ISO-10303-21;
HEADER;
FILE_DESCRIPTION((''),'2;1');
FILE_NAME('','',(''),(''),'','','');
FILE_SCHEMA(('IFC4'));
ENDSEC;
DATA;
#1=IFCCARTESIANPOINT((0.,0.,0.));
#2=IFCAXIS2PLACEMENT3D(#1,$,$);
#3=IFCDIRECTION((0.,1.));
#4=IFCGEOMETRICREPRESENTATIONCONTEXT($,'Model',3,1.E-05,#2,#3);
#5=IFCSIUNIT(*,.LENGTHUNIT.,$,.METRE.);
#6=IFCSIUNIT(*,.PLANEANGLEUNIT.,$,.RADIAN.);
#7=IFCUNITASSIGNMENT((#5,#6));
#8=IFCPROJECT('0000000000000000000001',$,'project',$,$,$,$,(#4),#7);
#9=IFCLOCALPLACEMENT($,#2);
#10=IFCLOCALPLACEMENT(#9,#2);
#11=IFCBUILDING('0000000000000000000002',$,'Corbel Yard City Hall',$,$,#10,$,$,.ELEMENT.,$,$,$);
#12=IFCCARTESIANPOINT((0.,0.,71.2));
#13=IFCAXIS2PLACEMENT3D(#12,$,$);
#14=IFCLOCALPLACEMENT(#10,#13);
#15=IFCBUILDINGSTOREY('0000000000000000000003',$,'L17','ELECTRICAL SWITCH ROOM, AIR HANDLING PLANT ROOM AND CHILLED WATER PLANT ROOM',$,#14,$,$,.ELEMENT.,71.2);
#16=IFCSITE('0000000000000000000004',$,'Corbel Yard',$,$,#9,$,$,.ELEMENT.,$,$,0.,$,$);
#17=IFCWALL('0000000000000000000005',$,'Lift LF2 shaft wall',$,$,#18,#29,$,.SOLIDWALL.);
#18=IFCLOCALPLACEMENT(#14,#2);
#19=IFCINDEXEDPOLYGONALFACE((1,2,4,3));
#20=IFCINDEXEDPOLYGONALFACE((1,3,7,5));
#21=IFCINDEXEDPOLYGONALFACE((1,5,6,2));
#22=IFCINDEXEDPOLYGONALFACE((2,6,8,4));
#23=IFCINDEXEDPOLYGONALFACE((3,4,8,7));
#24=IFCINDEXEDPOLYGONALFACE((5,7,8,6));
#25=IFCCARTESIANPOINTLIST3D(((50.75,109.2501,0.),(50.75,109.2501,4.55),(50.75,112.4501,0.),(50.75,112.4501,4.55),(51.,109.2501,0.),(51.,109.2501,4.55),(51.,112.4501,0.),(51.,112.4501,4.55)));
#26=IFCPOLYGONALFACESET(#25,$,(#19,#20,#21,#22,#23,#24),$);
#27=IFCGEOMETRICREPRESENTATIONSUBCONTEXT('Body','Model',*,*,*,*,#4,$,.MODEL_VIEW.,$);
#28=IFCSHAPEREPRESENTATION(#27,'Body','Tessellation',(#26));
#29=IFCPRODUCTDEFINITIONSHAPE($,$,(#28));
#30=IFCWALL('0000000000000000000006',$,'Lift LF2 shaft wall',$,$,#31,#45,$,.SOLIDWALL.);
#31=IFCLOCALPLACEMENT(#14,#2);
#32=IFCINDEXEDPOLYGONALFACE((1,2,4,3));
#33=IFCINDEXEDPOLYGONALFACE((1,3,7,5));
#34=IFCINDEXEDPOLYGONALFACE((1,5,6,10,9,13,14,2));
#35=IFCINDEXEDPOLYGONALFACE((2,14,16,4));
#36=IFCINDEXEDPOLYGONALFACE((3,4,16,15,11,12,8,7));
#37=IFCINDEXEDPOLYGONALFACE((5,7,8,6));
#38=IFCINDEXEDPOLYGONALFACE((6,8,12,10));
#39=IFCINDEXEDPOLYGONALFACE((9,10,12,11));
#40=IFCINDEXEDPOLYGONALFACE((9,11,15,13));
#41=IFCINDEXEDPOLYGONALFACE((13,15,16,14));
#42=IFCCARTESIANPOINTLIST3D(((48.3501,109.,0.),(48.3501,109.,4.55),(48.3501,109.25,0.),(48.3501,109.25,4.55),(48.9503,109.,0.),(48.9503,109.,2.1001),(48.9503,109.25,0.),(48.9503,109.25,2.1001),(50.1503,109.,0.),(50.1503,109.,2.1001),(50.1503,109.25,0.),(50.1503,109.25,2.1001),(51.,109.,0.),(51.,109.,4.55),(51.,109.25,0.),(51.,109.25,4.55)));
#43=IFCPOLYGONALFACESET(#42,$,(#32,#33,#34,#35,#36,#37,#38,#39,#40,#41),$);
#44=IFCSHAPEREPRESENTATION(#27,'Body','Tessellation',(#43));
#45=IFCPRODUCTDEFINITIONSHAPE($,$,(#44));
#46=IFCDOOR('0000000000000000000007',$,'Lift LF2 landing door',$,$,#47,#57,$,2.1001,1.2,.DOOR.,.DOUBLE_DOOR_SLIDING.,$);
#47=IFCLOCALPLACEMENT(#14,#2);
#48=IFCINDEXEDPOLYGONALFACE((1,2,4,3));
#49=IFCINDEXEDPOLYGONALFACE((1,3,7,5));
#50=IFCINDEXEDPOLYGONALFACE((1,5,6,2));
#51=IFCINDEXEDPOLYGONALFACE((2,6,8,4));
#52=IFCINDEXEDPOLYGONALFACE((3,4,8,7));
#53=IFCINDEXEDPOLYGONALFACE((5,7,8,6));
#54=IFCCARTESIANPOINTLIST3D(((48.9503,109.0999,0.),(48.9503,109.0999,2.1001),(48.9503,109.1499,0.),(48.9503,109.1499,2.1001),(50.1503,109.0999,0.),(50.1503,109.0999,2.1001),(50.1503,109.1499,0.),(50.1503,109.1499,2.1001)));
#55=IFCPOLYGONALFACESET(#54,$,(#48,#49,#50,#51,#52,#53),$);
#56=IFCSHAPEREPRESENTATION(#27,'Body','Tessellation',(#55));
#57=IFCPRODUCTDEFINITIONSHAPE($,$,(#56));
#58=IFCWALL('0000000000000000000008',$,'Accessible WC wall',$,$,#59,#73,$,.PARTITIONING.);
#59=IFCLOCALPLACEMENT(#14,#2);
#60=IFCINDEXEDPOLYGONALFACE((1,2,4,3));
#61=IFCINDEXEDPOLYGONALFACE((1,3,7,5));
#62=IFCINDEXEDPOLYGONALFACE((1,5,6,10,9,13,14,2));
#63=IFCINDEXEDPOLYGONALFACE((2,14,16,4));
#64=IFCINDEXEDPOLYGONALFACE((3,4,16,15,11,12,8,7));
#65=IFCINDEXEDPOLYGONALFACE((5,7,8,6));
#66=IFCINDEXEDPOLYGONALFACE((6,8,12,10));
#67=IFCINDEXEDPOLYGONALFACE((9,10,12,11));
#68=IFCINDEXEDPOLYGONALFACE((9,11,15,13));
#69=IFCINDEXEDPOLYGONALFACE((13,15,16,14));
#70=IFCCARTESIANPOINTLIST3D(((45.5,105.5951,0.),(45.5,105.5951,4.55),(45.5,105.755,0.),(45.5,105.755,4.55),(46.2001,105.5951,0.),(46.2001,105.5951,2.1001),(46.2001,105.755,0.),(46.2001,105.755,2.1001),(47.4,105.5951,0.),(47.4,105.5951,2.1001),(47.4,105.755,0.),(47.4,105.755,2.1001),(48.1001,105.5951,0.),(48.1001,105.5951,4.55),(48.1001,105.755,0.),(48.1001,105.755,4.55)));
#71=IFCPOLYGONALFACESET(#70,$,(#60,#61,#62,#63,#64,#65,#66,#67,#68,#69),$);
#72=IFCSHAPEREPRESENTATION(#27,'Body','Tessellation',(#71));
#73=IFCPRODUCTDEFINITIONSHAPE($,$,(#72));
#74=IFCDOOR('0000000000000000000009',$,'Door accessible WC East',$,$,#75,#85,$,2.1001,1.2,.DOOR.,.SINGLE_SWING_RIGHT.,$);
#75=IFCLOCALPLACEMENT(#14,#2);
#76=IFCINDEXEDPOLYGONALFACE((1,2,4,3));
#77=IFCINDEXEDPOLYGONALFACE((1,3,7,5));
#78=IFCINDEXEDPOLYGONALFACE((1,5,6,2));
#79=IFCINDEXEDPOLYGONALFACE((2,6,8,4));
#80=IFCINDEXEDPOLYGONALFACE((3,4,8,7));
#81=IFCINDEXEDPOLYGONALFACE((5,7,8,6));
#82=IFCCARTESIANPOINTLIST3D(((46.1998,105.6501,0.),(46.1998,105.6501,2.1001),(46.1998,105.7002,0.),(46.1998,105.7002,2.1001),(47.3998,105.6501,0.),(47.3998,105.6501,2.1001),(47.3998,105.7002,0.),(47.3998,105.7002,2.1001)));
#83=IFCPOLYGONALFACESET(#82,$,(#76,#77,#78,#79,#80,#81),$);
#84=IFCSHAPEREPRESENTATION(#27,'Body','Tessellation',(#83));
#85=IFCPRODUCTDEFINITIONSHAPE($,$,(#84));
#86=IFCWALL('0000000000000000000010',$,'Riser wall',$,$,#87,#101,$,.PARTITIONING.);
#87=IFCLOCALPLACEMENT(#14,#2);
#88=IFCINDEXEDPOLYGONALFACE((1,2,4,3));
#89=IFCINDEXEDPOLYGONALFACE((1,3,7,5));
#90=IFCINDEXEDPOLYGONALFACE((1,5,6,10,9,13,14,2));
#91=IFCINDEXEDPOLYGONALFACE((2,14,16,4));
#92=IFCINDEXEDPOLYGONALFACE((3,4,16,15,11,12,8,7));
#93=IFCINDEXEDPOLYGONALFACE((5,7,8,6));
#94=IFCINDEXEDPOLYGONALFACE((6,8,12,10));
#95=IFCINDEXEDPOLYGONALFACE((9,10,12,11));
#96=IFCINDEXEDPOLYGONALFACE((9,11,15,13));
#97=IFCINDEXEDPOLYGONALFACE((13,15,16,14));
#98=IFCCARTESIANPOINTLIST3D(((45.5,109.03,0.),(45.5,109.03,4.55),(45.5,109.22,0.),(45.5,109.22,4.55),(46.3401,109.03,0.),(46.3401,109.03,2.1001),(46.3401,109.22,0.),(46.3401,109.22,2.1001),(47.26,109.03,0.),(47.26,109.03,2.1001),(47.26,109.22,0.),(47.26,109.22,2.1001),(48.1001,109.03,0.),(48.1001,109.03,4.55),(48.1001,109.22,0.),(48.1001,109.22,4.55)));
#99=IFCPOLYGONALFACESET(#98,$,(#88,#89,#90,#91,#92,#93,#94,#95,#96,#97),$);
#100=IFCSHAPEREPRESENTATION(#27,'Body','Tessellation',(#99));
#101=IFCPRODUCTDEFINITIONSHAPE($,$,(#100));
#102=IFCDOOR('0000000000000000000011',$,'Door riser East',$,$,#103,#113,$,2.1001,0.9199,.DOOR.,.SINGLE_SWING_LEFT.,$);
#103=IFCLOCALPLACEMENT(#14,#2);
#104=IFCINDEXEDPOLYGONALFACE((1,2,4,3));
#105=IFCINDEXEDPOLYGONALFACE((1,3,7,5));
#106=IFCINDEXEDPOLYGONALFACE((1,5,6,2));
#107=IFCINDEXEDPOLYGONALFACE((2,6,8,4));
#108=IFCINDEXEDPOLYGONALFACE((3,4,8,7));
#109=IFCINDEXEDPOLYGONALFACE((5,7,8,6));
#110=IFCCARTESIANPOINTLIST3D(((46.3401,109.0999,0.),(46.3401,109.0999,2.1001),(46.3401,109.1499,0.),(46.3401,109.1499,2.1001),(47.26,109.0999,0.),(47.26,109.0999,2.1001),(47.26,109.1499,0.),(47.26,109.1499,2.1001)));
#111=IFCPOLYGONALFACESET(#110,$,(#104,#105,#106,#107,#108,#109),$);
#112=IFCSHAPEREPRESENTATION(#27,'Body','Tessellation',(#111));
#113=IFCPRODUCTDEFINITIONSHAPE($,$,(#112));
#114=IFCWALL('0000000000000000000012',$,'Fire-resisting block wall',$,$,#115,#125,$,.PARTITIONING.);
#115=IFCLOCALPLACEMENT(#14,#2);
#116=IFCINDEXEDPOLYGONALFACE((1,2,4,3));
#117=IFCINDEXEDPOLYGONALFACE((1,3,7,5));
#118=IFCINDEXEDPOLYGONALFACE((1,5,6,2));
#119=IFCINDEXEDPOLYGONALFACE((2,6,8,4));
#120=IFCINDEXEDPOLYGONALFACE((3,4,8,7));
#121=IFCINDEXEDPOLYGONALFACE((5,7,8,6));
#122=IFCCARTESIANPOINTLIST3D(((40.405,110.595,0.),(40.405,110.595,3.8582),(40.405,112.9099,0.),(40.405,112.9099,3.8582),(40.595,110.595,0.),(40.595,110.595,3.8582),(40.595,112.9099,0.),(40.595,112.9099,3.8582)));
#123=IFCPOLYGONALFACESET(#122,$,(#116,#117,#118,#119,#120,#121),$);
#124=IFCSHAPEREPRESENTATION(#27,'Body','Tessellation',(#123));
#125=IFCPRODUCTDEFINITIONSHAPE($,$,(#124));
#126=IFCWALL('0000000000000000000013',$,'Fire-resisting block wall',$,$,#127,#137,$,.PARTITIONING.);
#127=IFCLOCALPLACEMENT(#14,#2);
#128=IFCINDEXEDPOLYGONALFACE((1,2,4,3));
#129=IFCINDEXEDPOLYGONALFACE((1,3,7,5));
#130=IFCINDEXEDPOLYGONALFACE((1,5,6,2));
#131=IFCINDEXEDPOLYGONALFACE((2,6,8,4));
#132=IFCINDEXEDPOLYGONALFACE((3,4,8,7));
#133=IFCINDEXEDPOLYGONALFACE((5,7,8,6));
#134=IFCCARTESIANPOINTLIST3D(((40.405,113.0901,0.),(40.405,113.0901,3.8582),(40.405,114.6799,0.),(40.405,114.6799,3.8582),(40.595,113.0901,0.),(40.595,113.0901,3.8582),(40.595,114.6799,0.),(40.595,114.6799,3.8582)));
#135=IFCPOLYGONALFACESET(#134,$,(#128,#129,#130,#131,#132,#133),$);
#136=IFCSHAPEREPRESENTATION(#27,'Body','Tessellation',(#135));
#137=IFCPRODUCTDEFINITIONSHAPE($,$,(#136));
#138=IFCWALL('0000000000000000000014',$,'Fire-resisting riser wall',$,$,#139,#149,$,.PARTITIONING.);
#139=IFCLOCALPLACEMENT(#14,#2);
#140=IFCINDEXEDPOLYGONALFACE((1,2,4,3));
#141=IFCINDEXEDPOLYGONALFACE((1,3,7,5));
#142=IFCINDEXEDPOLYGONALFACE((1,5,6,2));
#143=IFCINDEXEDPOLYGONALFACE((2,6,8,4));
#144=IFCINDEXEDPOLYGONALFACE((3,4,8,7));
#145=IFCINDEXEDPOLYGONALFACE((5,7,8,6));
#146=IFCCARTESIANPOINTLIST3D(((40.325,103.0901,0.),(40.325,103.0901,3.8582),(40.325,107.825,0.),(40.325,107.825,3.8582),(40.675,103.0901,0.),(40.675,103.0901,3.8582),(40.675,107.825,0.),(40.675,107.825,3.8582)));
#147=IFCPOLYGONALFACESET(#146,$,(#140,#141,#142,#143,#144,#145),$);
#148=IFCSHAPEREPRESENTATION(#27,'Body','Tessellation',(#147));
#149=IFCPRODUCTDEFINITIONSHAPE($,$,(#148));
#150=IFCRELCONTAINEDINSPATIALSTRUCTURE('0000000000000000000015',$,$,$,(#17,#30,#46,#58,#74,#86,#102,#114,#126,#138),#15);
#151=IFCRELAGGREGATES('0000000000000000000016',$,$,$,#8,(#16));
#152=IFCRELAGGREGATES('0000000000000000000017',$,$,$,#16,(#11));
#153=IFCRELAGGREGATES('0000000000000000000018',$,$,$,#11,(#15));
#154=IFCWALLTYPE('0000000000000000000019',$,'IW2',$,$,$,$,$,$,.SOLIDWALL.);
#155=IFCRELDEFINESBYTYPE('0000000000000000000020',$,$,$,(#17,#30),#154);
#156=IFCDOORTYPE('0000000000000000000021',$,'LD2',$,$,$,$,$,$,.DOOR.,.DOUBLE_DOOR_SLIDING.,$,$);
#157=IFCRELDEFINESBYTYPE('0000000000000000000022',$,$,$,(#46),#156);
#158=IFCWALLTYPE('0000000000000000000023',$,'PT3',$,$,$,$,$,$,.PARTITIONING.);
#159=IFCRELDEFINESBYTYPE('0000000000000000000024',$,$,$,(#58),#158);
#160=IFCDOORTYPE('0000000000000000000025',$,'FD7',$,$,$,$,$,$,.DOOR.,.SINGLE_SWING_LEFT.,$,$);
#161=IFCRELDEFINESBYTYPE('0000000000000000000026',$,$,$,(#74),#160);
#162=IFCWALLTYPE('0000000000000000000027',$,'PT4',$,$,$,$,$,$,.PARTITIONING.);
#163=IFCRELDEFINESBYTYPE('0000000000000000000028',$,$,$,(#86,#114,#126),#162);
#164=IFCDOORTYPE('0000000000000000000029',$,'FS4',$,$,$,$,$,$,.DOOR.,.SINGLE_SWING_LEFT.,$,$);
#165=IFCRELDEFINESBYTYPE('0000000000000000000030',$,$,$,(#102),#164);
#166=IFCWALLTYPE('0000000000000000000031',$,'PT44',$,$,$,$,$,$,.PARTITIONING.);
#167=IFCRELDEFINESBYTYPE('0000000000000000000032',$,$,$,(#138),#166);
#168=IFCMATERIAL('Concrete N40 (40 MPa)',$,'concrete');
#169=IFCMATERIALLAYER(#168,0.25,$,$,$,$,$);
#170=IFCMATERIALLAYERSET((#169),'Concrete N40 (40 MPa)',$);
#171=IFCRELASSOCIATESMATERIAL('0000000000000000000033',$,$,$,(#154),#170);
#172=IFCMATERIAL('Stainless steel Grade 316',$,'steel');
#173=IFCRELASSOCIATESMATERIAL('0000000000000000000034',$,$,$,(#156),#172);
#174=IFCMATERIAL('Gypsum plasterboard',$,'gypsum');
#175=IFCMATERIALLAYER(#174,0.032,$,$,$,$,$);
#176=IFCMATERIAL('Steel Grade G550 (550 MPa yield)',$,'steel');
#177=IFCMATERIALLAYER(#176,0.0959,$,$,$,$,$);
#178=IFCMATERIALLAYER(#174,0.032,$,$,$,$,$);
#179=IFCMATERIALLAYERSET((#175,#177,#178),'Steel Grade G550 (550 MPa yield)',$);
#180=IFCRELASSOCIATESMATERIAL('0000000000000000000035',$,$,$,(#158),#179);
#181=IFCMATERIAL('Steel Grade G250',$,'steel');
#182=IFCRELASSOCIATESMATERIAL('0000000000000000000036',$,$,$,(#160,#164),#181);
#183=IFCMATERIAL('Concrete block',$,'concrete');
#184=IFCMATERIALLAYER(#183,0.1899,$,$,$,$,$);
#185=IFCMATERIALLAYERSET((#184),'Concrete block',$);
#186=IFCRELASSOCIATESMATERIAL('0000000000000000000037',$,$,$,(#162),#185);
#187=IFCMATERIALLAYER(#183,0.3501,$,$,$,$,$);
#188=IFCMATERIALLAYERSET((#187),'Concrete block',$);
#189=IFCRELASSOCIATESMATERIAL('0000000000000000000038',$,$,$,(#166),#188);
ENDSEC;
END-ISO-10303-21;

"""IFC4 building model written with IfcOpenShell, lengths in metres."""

from ifc_helpers import new_model, si_unit, direction, frame, frame_2d, origin, place, context, subcontext, project, spatial, rectangle, extrude, material, layer, layer_set, type_object, element, fill, save


model = new_model("IFC4")

# Units and contexts
model_context = context("Model", 3, precision=1e-05, world=origin(), true_north=direction((0.0, 1.0)))
body_context = subcontext(model_context, "Body", "Model", "MODEL_VIEW")
ifc_project = project(units=[si_unit("LENGTHUNIT", "METRE"), si_unit("PLANEANGLEUNIT", "RADIAN")], contexts=[model_context])

# Site, building, storey
site_placement = place(None, origin())
site = spatial("IfcSite", under=ifc_project, at=site_placement, Name="Corbel Yard", CompositionType="ELEMENT", RefElevation=0.0)
building_placement = place(site_placement, origin())
building = spatial("IfcBuilding", under=site, at=building_placement, Name="Corbel Yard City Hall", CompositionType="ELEMENT")
storey_placement = place(building_placement, frame((0.0, 0.0, 71.2)))
storey = spatial("IfcBuildingStorey", under=building, at=storey_placement, Name="L17", Description="ELECTRICAL SWITCH ROOM, AIR HANDLING PLANT ROOM AND CHILLED WATER PLANT ROOM", CompositionType="ELEMENT", Elevation=71.2)

# Shared definitions
ifc_material_1 = material(Name="Concrete N40 (40 MPa)", Category="concrete")
ifc_layer_1 = layer(ifc_material_1, 0.25)
ifc_layer_set_1 = layer_set([ifc_layer_1], Name="Concrete N40 (40 MPa)")
wall_type_1 = type_object("IfcWallType", Name="IW2", PredefinedType="SOLIDWALL", material=ifc_layer_set_1)

# Shared definitions
ifc_material_2 = material(Name="Stainless steel Grade 316", Category="steel")

# Wall
wall_1_placement = place(storey_placement, frame((50.875, 109.25, 0.0), z_axis=(0.0, 0.0, 1.0), x_axis=(0.0, 1.0, 0.0)))
element("IfcWall", 1, at=wall_1_placement, inside=storey, type_object=wall_type_1, Name="Lift LF2 shaft wall", PredefinedType="SOLIDWALL", context=body_context, shape_type="SweptSolid", body=[
    extrude(rectangle(XDim=3.2, YDim=0.25, at=frame_2d((1.6001, 0.0))), origin(), (0.0, 0.0, 1.0), 4.55),
])

# Walls, openings, doors
wall_2_placement = place(storey_placement, frame((48.3501, 109.125, 0.0), z_axis=(0.0, 0.0, 1.0), x_axis=(1.0, 0.0, 0.0)))
wall_2 = element("IfcWall", 2, at=wall_2_placement, inside=storey, type_object=wall_type_1, Name="Lift LF2 shaft wall", PredefinedType="SOLIDWALL", context=body_context, shape_type="SweptSolid", body=[
    extrude(rectangle(XDim=2.6499, YDim=0.25, at=frame_2d((1.325, 0.0))), origin(), (0.0, 0.0, 1.0), 4.55),
])
opening_1_placement = place(wall_2_placement, frame((0.6001, 0.0, 0.0)))
opening_1 = element("IfcOpeningElement", 3, at=opening_1_placement, cuts=wall_2, PredefinedType="OPENING", context=body_context, shape_type="SweptSolid", body=[
    extrude(rectangle(XDim=1.2, YDim=2.1001, at=frame_2d((0.6001, 1.05))), frame((0.0, 0.135, 0.0), z_axis=(0.0, -1.0, 0.0), x_axis=(1.0, 0.0, 0.0)), (0.0, 0.0, 1.0), 0.27),
])
door_type_1 = type_object("IfcDoorType", Name="LD2", OperationType="DOUBLE_DOOR_SLIDING", PredefinedType="DOOR", material=ifc_material_2)
door_1_placement = place(opening_1_placement, origin())
door_1 = element("IfcDoor", 4, at=door_1_placement, inside=storey, type_object=door_type_1, Name="Lift LF2 landing door", OperationType="DOUBLE_DOOR_SLIDING", OverallHeight=2.1001, OverallWidth=1.2, PredefinedType="DOOR", context=body_context, shape_type="SweptSolid", body=[
    extrude(rectangle(XDim=1.2, YDim=2.1001, at=frame_2d((0.6001, 1.05))), frame((0.0, 0.0249, 0.0), z_axis=(0.0, -1.0, 0.0), x_axis=(1.0, 0.0, 0.0)), (0.0, 0.0, 1.0), 0.05),
])
fill(opening_1, door_1)
ifc_material_3 = material(Name="Gypsum plasterboard", Category="gypsum")
ifc_layer_2 = layer(ifc_material_3, 0.032)
ifc_material_4 = material(Name="Steel Grade G550 (550 MPa yield)", Category="steel")
ifc_layer_3 = layer(ifc_material_4, 0.0959)
ifc_layer_4 = layer(ifc_material_3, 0.032)
ifc_layer_set_2 = layer_set([ifc_layer_2, ifc_layer_3, ifc_layer_4], Name="Steel Grade G550 (550 MPa yield)")
wall_type_2 = type_object("IfcWallType", Name="PT3", PredefinedType="PARTITIONING", material=ifc_layer_set_2)
wall_3_placement = place(storey_placement, frame((45.5, 105.675, 0.0), z_axis=(0.0, 0.0, 1.0), x_axis=(1.0, 0.0, 0.0)))
wall_3 = element("IfcWall", 5, at=wall_3_placement, inside=storey, type_object=wall_type_2, Name="Accessible WC wall", PredefinedType="PARTITIONING", context=body_context, shape_type="SweptSolid", body=[
    extrude(rectangle(XDim=2.6001, YDim=0.1599, at=frame_2d((1.3, 0.0))), origin(), (0.0, 0.0, 1.0), 4.55),
])
opening_2_placement = place(wall_3_placement, frame((0.7, 0.0, 0.0)))
opening_2 = element("IfcOpeningElement", 6, at=opening_2_placement, cuts=wall_3, PredefinedType="OPENING", context=body_context, shape_type="SweptSolid", body=[
    extrude(rectangle(XDim=1.2, YDim=2.1001, at=frame_2d((0.6001, 1.05))), frame((0.0, 0.0898, 0.0), z_axis=(0.0, -1.0, 0.0), x_axis=(1.0, 0.0, 0.0)), (0.0, 0.0, 1.0), 0.1799),
])
ifc_material_5 = material(Name="Steel Grade G250", Category="steel")
door_type_2 = type_object("IfcDoorType", Name="FD7", OperationType="SINGLE_SWING_LEFT", PredefinedType="DOOR", material=ifc_material_5)
door_2_placement = place(opening_2_placement, frame((1.2, 0.0, 0.0), z_axis=(0.0, 0.0, 1.0), x_axis=(-1.0, 0.0, 0.0)))
door_2 = element("IfcDoor", 7, at=door_2_placement, inside=storey, type_object=door_type_2, Name="Door accessible WC East", OperationType="SINGLE_SWING_RIGHT", OverallHeight=2.1001, OverallWidth=1.2, PredefinedType="DOOR", context=body_context, shape_type="SweptSolid", body=[
    extrude(rectangle(XDim=1.2, YDim=2.1001, at=frame_2d((0.6001, 1.05))), frame((0.0, 0.0249, 0.0), z_axis=(0.0, -1.0, 0.0), x_axis=(1.0, 0.0, 0.0)), (0.0, 0.0, 1.0), 0.05),
])
fill(opening_2, door_2)
ifc_material_6 = material(Name="Concrete block", Category="concrete")
ifc_layer_5 = layer(ifc_material_6, 0.1899)
ifc_layer_set_3 = layer_set([ifc_layer_5], Name="Concrete block")
wall_type_3 = type_object("IfcWallType", Name="PT4", PredefinedType="PARTITIONING", material=ifc_layer_set_3)
wall_4_placement = place(storey_placement, frame((45.5, 109.125, 0.0), z_axis=(0.0, 0.0, 1.0), x_axis=(1.0, 0.0, 0.0)))
wall_4 = element("IfcWall", 8, at=wall_4_placement, inside=storey, type_object=wall_type_3, Name="Riser wall", PredefinedType="PARTITIONING", context=body_context, shape_type="SweptSolid", body=[
    extrude(rectangle(XDim=2.6001, YDim=0.1899, at=frame_2d((1.3, 0.0))), origin(), (0.0, 0.0, 1.0), 4.55),
])
opening_3_placement = place(wall_4_placement, frame((0.8401, 0.0, 0.0)))
opening_3 = element("IfcOpeningElement", 9, at=opening_3_placement, cuts=wall_4, PredefinedType="OPENING", context=body_context, shape_type="SweptSolid", body=[
    extrude(rectangle(XDim=0.9199, YDim=2.1001, at=frame_2d((0.46, 1.05))), frame((0.0, 0.105, 0.0), z_axis=(0.0, -1.0, 0.0), x_axis=(1.0, 0.0, 0.0)), (0.0, 0.0, 1.0), 0.21),
])
door_type_3 = type_object("IfcDoorType", Name="FS4", OperationType="SINGLE_SWING_LEFT", PredefinedType="DOOR", material=ifc_material_5)
door_3_placement = place(opening_3_placement, origin())
door_3 = element("IfcDoor", 10, at=door_3_placement, inside=storey, type_object=door_type_3, Name="Door riser East", OperationType="SINGLE_SWING_LEFT", OverallHeight=2.1001, OverallWidth=0.9199, PredefinedType="DOOR", context=body_context, shape_type="SweptSolid", body=[
    extrude(rectangle(XDim=0.9199, YDim=2.1001, at=frame_2d((0.46, 1.05))), frame((0.0, 0.0249, 0.0), z_axis=(0.0, -1.0, 0.0), x_axis=(1.0, 0.0, 0.0)), (0.0, 0.0, 1.0), 0.05),
])
fill(opening_3, door_3)

# Walls
wall_5_placement = place(storey_placement, frame((40.5, 110.595, 0.0), z_axis=(0.0, 0.0, 1.0), x_axis=(0.0, 1.0, 0.0)))
element("IfcWall", 11, at=wall_5_placement, inside=storey, type_object=wall_type_3, Name="Fire-resisting block wall", PredefinedType="PARTITIONING", context=body_context, shape_type="SweptSolid", body=[
    extrude(rectangle(XDim=2.3149, YDim=0.1899, at=frame_2d((1.1575, 0.0))), origin(), (0.0, 0.0, 1.0), 3.8582),
])
wall_6_placement = place(storey_placement, frame((40.5, 113.0901, 0.0), z_axis=(0.0, 0.0, 1.0), x_axis=(0.0, 1.0, 0.0)))
element("IfcWall", 12, at=wall_6_placement, inside=storey, type_object=wall_type_3, Name="Fire-resisting block wall", PredefinedType="PARTITIONING", context=body_context, shape_type="SweptSolid", body=[
    extrude(rectangle(XDim=1.5898, YDim=0.1899, at=frame_2d((0.7949, 0.0))), origin(), (0.0, 0.0, 1.0), 3.8582),
])
ifc_layer_6 = layer(ifc_material_6, 0.3501)
ifc_layer_set_4 = layer_set([ifc_layer_6], Name="Concrete block")
wall_type_4 = type_object("IfcWallType", Name="PT44", PredefinedType="PARTITIONING", material=ifc_layer_set_4)
wall_7_placement = place(storey_placement, frame((40.5, 103.0901, 0.0), z_axis=(0.0, 0.0, 1.0), x_axis=(0.0, 1.0, 0.0)))
element("IfcWall", 13, at=wall_7_placement, inside=storey, type_object=wall_type_4, Name="Fire-resisting riser wall", PredefinedType="PARTITIONING", context=body_context, shape_type="SweptSolid", body=[
    extrude(rectangle(XDim=4.7349, YDim=0.3501, at=frame_2d((2.3674, 0.0))), origin(), (0.0, 0.0, 1.0), 3.8582),
])

save(model, "model.ifc")
